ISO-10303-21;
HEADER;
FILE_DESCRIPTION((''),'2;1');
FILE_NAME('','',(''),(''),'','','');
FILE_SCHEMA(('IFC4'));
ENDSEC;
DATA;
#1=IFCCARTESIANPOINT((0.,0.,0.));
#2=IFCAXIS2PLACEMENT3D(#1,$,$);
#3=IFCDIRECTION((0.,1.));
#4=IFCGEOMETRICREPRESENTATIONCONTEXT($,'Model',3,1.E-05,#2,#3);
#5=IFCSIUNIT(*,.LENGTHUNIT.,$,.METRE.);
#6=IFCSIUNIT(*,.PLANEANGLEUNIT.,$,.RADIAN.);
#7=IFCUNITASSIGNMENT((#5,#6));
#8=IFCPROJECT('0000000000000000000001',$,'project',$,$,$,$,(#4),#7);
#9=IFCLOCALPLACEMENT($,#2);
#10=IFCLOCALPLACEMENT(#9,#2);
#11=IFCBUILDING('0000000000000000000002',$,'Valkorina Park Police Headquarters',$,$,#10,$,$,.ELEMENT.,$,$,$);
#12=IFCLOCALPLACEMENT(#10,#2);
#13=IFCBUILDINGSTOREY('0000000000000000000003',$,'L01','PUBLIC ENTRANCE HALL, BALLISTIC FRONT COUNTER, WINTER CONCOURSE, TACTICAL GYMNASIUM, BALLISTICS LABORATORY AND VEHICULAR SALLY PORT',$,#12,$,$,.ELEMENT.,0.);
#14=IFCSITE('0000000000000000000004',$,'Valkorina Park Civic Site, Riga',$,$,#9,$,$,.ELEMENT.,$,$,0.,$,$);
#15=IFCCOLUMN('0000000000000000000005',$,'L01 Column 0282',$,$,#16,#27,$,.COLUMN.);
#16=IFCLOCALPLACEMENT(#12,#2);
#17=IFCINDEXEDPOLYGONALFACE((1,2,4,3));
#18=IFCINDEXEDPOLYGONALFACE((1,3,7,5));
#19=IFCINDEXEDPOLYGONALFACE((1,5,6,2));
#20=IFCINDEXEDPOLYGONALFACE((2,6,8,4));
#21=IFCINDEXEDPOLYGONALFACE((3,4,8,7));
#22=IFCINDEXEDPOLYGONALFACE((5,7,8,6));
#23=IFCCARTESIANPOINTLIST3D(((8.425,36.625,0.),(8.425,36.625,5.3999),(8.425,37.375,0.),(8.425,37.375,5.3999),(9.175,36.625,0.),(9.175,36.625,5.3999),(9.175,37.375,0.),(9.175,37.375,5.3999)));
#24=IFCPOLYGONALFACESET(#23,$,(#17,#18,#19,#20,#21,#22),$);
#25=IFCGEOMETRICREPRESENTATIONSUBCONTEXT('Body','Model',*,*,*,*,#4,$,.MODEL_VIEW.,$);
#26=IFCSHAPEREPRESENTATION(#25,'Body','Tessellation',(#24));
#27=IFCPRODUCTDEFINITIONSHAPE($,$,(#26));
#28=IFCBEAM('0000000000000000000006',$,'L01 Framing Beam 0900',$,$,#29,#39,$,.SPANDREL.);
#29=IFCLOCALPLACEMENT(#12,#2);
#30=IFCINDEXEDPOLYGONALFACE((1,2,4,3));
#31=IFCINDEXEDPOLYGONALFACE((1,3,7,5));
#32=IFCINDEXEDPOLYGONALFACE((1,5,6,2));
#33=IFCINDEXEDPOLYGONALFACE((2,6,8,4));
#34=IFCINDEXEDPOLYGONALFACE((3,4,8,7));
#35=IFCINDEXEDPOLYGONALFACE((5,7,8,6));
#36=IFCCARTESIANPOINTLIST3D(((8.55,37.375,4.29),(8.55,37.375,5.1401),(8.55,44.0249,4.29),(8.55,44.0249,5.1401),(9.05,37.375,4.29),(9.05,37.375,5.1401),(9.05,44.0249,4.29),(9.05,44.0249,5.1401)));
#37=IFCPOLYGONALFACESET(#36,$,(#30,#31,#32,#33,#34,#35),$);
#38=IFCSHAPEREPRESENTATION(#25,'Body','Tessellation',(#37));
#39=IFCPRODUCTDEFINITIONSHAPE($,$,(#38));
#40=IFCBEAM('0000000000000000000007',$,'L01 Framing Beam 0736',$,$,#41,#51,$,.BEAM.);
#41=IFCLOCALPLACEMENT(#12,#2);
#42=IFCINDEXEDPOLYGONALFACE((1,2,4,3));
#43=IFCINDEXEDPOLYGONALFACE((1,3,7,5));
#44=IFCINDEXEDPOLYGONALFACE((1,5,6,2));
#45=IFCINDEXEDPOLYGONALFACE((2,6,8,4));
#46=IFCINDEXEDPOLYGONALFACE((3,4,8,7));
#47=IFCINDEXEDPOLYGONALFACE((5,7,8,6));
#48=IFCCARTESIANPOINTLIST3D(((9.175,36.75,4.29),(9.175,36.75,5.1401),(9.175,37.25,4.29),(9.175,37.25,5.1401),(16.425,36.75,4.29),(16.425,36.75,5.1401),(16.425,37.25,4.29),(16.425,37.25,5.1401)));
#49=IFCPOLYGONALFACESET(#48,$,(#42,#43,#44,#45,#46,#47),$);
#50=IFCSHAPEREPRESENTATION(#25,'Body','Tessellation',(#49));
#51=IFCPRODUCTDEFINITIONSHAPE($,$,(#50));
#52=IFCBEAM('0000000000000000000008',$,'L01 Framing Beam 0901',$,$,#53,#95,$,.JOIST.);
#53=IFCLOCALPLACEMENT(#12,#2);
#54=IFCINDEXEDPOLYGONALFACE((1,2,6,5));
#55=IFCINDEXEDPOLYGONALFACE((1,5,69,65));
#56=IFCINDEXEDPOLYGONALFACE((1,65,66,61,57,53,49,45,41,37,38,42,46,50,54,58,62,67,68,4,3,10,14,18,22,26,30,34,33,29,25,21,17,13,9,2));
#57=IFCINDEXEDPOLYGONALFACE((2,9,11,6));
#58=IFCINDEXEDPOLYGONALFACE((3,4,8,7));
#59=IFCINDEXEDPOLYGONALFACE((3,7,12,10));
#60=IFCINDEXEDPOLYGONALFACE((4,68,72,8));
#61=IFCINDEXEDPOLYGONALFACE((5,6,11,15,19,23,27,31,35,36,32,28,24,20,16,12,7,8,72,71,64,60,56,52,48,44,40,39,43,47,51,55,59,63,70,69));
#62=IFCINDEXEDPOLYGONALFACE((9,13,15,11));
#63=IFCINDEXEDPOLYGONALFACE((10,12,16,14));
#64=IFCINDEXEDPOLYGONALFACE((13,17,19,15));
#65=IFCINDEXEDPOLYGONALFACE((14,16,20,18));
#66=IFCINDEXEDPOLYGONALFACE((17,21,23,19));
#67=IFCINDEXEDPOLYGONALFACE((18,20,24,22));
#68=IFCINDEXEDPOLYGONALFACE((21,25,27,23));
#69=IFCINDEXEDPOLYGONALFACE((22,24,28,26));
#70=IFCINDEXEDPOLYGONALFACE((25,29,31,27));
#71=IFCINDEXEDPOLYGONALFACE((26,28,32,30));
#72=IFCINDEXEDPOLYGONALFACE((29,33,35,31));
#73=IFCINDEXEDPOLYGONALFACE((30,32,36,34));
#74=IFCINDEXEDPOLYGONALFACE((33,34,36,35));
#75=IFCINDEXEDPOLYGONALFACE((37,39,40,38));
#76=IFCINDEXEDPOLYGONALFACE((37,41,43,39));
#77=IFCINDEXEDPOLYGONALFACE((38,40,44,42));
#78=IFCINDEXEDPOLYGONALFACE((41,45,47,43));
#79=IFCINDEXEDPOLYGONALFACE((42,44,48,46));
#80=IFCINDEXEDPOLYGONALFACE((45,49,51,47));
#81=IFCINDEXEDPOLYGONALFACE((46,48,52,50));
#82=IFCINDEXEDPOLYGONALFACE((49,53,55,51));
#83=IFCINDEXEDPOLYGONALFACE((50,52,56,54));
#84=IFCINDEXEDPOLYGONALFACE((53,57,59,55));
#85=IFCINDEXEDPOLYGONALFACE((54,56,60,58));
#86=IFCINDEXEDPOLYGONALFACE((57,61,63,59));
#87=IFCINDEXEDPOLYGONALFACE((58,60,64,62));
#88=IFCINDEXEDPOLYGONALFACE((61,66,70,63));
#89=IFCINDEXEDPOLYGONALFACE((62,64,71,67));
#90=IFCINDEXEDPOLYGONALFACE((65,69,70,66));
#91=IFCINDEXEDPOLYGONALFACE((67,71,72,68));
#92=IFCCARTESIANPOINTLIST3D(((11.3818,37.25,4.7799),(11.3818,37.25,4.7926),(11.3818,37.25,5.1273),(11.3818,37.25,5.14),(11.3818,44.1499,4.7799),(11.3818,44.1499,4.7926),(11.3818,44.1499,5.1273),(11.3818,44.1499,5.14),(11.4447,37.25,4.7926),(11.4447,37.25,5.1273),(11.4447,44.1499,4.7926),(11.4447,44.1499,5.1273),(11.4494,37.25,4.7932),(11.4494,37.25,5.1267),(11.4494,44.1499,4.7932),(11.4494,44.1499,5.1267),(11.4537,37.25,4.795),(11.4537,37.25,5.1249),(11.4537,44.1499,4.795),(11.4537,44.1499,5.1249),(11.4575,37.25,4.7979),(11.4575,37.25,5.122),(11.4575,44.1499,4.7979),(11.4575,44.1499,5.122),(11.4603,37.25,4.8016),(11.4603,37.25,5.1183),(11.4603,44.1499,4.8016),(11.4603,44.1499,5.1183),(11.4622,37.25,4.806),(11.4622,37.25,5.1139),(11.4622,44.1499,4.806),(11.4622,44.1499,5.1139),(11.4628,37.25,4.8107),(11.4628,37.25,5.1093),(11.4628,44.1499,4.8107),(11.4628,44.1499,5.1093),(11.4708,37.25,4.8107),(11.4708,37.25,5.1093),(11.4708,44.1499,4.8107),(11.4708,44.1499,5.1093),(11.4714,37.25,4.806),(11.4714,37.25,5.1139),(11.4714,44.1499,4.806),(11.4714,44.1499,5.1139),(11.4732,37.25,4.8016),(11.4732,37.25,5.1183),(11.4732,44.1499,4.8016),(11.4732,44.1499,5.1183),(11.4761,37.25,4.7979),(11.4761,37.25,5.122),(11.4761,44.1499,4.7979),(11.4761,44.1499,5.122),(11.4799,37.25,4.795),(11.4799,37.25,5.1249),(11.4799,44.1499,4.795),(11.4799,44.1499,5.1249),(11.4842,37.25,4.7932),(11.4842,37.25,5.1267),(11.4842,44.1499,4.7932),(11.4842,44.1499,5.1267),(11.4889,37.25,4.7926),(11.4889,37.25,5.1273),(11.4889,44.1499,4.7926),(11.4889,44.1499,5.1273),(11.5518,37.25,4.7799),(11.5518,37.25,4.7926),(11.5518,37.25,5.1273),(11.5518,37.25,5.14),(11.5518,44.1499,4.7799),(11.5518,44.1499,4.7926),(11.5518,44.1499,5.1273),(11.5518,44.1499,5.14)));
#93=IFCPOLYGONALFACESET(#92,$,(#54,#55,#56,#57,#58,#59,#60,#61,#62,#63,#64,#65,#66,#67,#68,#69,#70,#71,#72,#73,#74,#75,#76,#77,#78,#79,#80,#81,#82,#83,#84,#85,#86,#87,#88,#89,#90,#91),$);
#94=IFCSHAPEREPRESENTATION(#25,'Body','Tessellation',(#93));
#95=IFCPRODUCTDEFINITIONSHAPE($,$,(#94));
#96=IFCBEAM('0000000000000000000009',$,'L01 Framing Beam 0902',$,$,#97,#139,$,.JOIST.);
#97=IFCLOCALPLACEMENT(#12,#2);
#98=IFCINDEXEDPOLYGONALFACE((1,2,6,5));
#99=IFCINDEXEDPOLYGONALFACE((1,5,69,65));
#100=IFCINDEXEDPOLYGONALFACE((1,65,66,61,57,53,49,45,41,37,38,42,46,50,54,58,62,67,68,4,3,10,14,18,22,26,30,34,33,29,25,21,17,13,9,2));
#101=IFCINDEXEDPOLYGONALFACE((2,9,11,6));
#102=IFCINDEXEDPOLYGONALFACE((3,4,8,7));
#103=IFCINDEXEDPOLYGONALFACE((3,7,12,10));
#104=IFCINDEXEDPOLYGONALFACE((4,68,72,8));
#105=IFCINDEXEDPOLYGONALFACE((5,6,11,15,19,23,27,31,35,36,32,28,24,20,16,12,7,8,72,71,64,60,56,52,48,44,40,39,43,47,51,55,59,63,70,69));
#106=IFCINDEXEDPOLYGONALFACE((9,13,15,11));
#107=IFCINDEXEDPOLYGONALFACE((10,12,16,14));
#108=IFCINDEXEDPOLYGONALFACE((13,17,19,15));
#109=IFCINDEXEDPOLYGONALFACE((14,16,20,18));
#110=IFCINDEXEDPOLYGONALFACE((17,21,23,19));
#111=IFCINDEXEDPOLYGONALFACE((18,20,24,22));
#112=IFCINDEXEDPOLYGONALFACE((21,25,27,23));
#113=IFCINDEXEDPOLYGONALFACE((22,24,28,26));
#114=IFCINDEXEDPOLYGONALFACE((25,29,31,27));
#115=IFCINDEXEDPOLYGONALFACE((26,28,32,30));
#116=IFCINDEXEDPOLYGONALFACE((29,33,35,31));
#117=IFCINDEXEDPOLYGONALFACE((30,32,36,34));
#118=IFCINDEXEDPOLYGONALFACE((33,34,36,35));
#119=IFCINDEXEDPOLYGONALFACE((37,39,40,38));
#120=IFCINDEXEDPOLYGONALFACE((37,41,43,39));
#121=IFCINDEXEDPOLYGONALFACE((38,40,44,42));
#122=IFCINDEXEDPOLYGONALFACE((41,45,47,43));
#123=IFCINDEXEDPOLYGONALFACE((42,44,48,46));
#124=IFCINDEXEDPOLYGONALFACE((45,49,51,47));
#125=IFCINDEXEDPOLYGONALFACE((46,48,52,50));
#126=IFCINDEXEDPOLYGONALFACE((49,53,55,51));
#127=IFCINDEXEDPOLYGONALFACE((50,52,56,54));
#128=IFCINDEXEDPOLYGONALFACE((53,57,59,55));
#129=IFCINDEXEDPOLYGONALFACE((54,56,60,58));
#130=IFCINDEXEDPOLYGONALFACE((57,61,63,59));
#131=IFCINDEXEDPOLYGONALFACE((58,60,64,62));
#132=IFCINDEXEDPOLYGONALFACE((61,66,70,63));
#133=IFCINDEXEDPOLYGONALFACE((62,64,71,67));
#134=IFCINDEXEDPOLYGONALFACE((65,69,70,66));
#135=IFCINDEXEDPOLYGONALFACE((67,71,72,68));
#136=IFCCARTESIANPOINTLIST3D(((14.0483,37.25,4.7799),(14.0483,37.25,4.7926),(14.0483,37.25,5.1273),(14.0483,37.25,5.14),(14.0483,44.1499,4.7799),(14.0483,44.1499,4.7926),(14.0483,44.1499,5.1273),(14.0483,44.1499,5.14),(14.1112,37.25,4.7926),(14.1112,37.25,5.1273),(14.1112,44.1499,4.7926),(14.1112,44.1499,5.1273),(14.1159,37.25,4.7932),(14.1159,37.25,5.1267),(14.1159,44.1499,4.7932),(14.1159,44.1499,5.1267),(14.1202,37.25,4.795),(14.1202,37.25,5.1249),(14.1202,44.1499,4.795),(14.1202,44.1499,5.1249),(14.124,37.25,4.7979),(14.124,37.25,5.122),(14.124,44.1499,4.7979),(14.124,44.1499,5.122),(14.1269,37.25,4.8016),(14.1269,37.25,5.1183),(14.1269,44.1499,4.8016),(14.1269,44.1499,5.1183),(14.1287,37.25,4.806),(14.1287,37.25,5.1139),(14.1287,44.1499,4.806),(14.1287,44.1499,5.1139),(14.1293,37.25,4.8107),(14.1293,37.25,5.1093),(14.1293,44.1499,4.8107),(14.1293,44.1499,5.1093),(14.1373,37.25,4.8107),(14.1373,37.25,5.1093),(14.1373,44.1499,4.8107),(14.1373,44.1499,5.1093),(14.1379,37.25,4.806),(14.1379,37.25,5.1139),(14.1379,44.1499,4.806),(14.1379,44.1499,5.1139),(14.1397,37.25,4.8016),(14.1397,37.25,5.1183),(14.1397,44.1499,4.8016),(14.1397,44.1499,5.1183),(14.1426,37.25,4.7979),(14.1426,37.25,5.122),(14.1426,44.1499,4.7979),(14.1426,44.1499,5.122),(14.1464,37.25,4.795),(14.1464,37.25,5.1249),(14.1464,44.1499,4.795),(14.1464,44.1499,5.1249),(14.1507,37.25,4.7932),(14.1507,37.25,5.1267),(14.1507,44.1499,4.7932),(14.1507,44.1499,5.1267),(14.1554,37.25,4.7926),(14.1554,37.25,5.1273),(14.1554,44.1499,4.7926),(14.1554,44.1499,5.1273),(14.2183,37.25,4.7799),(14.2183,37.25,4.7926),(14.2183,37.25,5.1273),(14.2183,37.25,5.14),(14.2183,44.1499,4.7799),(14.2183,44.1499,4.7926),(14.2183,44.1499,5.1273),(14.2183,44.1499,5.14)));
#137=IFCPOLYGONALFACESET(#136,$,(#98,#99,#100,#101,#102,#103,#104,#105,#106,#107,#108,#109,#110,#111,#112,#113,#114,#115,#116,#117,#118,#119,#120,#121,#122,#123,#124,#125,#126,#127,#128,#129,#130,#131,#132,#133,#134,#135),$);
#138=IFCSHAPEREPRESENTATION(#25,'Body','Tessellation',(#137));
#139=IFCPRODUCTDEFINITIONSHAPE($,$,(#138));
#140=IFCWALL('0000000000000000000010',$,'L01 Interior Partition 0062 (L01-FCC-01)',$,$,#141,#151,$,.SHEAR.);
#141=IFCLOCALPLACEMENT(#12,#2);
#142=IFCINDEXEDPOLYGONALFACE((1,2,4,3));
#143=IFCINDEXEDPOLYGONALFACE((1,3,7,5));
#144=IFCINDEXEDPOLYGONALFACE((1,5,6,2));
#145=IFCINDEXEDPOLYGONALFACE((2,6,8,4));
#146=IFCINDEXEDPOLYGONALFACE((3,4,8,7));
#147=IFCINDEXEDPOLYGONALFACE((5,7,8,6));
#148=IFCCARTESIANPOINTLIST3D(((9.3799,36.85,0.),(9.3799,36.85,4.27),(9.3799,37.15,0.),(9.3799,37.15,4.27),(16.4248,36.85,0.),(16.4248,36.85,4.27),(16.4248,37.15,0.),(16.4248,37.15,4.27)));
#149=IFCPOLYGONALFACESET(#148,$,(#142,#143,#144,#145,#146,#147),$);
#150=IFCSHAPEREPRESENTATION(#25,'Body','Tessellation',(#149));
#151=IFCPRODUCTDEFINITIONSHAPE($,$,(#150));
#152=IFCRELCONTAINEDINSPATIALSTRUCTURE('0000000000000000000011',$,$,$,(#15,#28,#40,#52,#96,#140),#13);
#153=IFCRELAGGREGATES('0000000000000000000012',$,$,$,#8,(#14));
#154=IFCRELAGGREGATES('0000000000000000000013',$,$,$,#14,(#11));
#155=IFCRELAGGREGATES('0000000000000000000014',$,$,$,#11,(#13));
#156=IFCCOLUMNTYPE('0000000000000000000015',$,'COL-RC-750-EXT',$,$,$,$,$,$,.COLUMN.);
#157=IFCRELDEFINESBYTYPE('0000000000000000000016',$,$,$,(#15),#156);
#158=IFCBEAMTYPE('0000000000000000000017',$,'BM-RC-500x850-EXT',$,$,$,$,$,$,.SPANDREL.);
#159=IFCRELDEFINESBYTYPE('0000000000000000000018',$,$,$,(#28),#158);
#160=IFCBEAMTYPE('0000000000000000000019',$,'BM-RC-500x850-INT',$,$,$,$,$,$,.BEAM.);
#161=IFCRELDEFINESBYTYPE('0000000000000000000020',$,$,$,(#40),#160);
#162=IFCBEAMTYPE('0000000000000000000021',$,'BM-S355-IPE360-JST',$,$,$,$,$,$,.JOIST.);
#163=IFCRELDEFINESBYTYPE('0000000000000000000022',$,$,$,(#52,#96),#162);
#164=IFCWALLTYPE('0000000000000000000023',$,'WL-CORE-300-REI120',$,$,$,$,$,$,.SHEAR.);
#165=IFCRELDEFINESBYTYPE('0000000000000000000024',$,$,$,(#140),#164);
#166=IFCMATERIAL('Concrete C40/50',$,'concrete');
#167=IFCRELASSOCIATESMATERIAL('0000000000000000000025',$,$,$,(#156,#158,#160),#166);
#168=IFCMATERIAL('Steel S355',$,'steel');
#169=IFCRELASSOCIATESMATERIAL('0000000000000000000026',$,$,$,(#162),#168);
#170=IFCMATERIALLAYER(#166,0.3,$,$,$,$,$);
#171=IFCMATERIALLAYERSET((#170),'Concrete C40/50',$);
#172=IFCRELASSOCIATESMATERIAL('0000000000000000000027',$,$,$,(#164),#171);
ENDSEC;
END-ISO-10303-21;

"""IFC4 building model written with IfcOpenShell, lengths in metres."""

from ifc_helpers import new_model, si_unit, direction, frame, frame_2d, origin, origin_2d, place, context, subcontext, project, spatial, rectangle, i_section, extrude, material, layer, layer_set, material_profile, profile_set, type_object, element, save


model = new_model("IFC4")

# Units and contexts
model_context = context("Model", 3, precision=1e-05, world=origin(), true_north=direction((0.0, 1.0)))
body_context = subcontext(model_context, "Body", "Model", "MODEL_VIEW")
ifc_project = project(units=[si_unit("LENGTHUNIT", "METRE"), si_unit("PLANEANGLEUNIT", "RADIAN")], contexts=[model_context])

# Site, building, storey
site_placement = place(None, origin())
site = spatial("IfcSite", under=ifc_project, at=site_placement, Name="Valkorina Park Civic Site, Riga", CompositionType="ELEMENT", RefElevation=0.0)
building_placement = place(site_placement, origin())
building = spatial("IfcBuilding", under=site, at=building_placement, Name="Valkorina Park Police Headquarters", CompositionType="ELEMENT")
storey_placement = place(building_placement, origin())
storey = spatial("IfcBuildingStorey", under=building, at=storey_placement, Name="L01", Description="PUBLIC ENTRANCE HALL, BALLISTIC FRONT COUNTER, WINTER CONCOURSE, TACTICAL GYMNASIUM, BALLISTICS LABORATORY AND VEHICULAR SALLY PORT", CompositionType="ELEMENT", Elevation=0.0)

# Column
ifc_material_1 = material(Name="Concrete C40/50", Category="concrete")
ifc_material_profile_1 = material_profile(ifc_material_1, rectangle(XDim=0.75, YDim=0.75, at=origin_2d()), Name="RC COL 750x750")
ifc_profile_set_1 = profile_set([ifc_material_profile_1], Name="Concrete C40/50")
column_type = type_object("IfcColumnType", Name="COL-RC-750-EXT", PredefinedType="COLUMN", material=ifc_profile_set_1)
column_placement = place(storey_placement, frame((8.8, 37.0, 0.0), z_axis=(0.0, 0.0, 1.0), x_axis=(1.0, 0.0, 0.0)))
element("IfcColumn", 1, at=column_placement, inside=storey, type_object=column_type, Name="L01 Column 0282", PredefinedType="COLUMN", context=body_context, shape_type="SweptSolid", body=[
    extrude(rectangle(XDim=0.75, YDim=0.75, at=origin_2d()), origin(), (0.0, 0.0, 1.0), 5.3999),
])

# Beams
ifc_material_profile_2 = material_profile(ifc_material_1, rectangle(XDim=0.5, YDim=0.8501, at=origin_2d()), Name="RC BEAM 500x850")
ifc_profile_set_2 = profile_set([ifc_material_profile_2], Name="Concrete C40/50")
beam_type_1 = type_object("IfcBeamType", Name="BM-RC-500x850-EXT", PredefinedType="SPANDREL", material=ifc_profile_set_2)
beam_1_placement = place(storey_placement, frame((8.8, 37.375, 4.7151), z_axis=(0.0, 1.0, 0.0), x_axis=(-1.0, 0.0, 0.0)))
element("IfcBeam", 2, at=beam_1_placement, inside=storey, type_object=beam_type_1, Name="L01 Framing Beam 0900", PredefinedType="SPANDREL", context=body_context, shape_type="SweptSolid", body=[
    extrude(rectangle(XDim=0.5, YDim=0.8501, at=origin_2d()), origin(), (0.0, 0.0, 1.0), 6.6499),
])
ifc_material_profile_3 = material_profile(ifc_material_1, rectangle(XDim=0.5, YDim=0.8501, at=origin_2d()), Name="RC BEAM 500x850")
ifc_profile_set_3 = profile_set([ifc_material_profile_3], Name="Concrete C40/50")
beam_type_2 = type_object("IfcBeamType", Name="BM-RC-500x850-INT", PredefinedType="BEAM", material=ifc_profile_set_3)
beam_2_placement = place(storey_placement, frame((9.175, 37.0, 4.7151), z_axis=(1.0, 0.0, 0.0), x_axis=(0.0, 1.0, 0.0)))
element("IfcBeam", 3, at=beam_2_placement, inside=storey, type_object=beam_type_2, Name="L01 Framing Beam 0736", PredefinedType="BEAM", context=body_context, shape_type="SweptSolid", body=[
    extrude(rectangle(XDim=0.5, YDim=0.8501, at=origin_2d()), origin(), (0.0, 0.0, 1.0), 7.25),
])
ifc_material_2 = material(Name="Steel S355", Category="steel")
ifc_material_profile_4 = material_profile(ifc_material_2, i_section(OverallWidth=0.1699, OverallDepth=0.3601, WebThickness=0.0081, FlangeThickness=0.0127, FilletRadius=0.0181, at=origin_2d()), Name="IPE 360")
ifc_profile_set_4 = profile_set([ifc_material_profile_4], Name="Steel S355")
beam_type_3 = type_object("IfcBeamType", Name="BM-S355-IPE360-JST", PredefinedType="JOIST", material=ifc_profile_set_4)
for number, where, z_axis, x_axis, name in (
    (4, (11.4668, 37.25, 4.96), (0.0, 1.0, 0.0), (-1.0, 0.0, 0.0), "L01 Framing Beam 0901"),
    (5, (14.1333, 37.25, 4.96), (0.0, 1.0, 0.0), (-1.0, 0.0, 0.0), "L01 Framing Beam 0902"),
):
    element("IfcBeam", number, at=place(storey_placement, frame(where, z_axis=z_axis, x_axis=x_axis)), inside=storey, type_object=beam_type_3, Name=name, PredefinedType="JOIST", context=body_context, shape_type="SweptSolid", body=[
        extrude(i_section(OverallWidth=0.1699, OverallDepth=0.3601, WebThickness=0.0081, FlangeThickness=0.0127, FilletRadius=0.0181, at=origin_2d()), origin(), (0.0, 0.0, 1.0), 6.8999),
    ])

# Wall
ifc_layer_1 = layer(ifc_material_1, 0.3)
ifc_layer_set_1 = layer_set([ifc_layer_1], Name="Concrete C40/50")
wall_type_1 = type_object("IfcWallType", Name="WL-CORE-300-REI120", PredefinedType="SHEAR", material=ifc_layer_set_1)
wall_1_placement = place(storey_placement, frame((9.3799, 37.0, 0.0), z_axis=(0.0, 0.0, 1.0), x_axis=(1.0, 0.0, 0.0)))
element("IfcWall", 6, at=wall_1_placement, inside=storey, type_object=wall_type_1, Name="L01 Interior Partition 0062 (L01-FCC-01)", PredefinedType="SHEAR", context=body_context, shape_type="SweptSolid", body=[
    extrude(rectangle(XDim=7.0449, YDim=0.3, at=frame_2d((3.5225, 0.0))), origin(), (0.0, 0.0, 1.0), 4.27),
])

save(model, "model.ifc")
